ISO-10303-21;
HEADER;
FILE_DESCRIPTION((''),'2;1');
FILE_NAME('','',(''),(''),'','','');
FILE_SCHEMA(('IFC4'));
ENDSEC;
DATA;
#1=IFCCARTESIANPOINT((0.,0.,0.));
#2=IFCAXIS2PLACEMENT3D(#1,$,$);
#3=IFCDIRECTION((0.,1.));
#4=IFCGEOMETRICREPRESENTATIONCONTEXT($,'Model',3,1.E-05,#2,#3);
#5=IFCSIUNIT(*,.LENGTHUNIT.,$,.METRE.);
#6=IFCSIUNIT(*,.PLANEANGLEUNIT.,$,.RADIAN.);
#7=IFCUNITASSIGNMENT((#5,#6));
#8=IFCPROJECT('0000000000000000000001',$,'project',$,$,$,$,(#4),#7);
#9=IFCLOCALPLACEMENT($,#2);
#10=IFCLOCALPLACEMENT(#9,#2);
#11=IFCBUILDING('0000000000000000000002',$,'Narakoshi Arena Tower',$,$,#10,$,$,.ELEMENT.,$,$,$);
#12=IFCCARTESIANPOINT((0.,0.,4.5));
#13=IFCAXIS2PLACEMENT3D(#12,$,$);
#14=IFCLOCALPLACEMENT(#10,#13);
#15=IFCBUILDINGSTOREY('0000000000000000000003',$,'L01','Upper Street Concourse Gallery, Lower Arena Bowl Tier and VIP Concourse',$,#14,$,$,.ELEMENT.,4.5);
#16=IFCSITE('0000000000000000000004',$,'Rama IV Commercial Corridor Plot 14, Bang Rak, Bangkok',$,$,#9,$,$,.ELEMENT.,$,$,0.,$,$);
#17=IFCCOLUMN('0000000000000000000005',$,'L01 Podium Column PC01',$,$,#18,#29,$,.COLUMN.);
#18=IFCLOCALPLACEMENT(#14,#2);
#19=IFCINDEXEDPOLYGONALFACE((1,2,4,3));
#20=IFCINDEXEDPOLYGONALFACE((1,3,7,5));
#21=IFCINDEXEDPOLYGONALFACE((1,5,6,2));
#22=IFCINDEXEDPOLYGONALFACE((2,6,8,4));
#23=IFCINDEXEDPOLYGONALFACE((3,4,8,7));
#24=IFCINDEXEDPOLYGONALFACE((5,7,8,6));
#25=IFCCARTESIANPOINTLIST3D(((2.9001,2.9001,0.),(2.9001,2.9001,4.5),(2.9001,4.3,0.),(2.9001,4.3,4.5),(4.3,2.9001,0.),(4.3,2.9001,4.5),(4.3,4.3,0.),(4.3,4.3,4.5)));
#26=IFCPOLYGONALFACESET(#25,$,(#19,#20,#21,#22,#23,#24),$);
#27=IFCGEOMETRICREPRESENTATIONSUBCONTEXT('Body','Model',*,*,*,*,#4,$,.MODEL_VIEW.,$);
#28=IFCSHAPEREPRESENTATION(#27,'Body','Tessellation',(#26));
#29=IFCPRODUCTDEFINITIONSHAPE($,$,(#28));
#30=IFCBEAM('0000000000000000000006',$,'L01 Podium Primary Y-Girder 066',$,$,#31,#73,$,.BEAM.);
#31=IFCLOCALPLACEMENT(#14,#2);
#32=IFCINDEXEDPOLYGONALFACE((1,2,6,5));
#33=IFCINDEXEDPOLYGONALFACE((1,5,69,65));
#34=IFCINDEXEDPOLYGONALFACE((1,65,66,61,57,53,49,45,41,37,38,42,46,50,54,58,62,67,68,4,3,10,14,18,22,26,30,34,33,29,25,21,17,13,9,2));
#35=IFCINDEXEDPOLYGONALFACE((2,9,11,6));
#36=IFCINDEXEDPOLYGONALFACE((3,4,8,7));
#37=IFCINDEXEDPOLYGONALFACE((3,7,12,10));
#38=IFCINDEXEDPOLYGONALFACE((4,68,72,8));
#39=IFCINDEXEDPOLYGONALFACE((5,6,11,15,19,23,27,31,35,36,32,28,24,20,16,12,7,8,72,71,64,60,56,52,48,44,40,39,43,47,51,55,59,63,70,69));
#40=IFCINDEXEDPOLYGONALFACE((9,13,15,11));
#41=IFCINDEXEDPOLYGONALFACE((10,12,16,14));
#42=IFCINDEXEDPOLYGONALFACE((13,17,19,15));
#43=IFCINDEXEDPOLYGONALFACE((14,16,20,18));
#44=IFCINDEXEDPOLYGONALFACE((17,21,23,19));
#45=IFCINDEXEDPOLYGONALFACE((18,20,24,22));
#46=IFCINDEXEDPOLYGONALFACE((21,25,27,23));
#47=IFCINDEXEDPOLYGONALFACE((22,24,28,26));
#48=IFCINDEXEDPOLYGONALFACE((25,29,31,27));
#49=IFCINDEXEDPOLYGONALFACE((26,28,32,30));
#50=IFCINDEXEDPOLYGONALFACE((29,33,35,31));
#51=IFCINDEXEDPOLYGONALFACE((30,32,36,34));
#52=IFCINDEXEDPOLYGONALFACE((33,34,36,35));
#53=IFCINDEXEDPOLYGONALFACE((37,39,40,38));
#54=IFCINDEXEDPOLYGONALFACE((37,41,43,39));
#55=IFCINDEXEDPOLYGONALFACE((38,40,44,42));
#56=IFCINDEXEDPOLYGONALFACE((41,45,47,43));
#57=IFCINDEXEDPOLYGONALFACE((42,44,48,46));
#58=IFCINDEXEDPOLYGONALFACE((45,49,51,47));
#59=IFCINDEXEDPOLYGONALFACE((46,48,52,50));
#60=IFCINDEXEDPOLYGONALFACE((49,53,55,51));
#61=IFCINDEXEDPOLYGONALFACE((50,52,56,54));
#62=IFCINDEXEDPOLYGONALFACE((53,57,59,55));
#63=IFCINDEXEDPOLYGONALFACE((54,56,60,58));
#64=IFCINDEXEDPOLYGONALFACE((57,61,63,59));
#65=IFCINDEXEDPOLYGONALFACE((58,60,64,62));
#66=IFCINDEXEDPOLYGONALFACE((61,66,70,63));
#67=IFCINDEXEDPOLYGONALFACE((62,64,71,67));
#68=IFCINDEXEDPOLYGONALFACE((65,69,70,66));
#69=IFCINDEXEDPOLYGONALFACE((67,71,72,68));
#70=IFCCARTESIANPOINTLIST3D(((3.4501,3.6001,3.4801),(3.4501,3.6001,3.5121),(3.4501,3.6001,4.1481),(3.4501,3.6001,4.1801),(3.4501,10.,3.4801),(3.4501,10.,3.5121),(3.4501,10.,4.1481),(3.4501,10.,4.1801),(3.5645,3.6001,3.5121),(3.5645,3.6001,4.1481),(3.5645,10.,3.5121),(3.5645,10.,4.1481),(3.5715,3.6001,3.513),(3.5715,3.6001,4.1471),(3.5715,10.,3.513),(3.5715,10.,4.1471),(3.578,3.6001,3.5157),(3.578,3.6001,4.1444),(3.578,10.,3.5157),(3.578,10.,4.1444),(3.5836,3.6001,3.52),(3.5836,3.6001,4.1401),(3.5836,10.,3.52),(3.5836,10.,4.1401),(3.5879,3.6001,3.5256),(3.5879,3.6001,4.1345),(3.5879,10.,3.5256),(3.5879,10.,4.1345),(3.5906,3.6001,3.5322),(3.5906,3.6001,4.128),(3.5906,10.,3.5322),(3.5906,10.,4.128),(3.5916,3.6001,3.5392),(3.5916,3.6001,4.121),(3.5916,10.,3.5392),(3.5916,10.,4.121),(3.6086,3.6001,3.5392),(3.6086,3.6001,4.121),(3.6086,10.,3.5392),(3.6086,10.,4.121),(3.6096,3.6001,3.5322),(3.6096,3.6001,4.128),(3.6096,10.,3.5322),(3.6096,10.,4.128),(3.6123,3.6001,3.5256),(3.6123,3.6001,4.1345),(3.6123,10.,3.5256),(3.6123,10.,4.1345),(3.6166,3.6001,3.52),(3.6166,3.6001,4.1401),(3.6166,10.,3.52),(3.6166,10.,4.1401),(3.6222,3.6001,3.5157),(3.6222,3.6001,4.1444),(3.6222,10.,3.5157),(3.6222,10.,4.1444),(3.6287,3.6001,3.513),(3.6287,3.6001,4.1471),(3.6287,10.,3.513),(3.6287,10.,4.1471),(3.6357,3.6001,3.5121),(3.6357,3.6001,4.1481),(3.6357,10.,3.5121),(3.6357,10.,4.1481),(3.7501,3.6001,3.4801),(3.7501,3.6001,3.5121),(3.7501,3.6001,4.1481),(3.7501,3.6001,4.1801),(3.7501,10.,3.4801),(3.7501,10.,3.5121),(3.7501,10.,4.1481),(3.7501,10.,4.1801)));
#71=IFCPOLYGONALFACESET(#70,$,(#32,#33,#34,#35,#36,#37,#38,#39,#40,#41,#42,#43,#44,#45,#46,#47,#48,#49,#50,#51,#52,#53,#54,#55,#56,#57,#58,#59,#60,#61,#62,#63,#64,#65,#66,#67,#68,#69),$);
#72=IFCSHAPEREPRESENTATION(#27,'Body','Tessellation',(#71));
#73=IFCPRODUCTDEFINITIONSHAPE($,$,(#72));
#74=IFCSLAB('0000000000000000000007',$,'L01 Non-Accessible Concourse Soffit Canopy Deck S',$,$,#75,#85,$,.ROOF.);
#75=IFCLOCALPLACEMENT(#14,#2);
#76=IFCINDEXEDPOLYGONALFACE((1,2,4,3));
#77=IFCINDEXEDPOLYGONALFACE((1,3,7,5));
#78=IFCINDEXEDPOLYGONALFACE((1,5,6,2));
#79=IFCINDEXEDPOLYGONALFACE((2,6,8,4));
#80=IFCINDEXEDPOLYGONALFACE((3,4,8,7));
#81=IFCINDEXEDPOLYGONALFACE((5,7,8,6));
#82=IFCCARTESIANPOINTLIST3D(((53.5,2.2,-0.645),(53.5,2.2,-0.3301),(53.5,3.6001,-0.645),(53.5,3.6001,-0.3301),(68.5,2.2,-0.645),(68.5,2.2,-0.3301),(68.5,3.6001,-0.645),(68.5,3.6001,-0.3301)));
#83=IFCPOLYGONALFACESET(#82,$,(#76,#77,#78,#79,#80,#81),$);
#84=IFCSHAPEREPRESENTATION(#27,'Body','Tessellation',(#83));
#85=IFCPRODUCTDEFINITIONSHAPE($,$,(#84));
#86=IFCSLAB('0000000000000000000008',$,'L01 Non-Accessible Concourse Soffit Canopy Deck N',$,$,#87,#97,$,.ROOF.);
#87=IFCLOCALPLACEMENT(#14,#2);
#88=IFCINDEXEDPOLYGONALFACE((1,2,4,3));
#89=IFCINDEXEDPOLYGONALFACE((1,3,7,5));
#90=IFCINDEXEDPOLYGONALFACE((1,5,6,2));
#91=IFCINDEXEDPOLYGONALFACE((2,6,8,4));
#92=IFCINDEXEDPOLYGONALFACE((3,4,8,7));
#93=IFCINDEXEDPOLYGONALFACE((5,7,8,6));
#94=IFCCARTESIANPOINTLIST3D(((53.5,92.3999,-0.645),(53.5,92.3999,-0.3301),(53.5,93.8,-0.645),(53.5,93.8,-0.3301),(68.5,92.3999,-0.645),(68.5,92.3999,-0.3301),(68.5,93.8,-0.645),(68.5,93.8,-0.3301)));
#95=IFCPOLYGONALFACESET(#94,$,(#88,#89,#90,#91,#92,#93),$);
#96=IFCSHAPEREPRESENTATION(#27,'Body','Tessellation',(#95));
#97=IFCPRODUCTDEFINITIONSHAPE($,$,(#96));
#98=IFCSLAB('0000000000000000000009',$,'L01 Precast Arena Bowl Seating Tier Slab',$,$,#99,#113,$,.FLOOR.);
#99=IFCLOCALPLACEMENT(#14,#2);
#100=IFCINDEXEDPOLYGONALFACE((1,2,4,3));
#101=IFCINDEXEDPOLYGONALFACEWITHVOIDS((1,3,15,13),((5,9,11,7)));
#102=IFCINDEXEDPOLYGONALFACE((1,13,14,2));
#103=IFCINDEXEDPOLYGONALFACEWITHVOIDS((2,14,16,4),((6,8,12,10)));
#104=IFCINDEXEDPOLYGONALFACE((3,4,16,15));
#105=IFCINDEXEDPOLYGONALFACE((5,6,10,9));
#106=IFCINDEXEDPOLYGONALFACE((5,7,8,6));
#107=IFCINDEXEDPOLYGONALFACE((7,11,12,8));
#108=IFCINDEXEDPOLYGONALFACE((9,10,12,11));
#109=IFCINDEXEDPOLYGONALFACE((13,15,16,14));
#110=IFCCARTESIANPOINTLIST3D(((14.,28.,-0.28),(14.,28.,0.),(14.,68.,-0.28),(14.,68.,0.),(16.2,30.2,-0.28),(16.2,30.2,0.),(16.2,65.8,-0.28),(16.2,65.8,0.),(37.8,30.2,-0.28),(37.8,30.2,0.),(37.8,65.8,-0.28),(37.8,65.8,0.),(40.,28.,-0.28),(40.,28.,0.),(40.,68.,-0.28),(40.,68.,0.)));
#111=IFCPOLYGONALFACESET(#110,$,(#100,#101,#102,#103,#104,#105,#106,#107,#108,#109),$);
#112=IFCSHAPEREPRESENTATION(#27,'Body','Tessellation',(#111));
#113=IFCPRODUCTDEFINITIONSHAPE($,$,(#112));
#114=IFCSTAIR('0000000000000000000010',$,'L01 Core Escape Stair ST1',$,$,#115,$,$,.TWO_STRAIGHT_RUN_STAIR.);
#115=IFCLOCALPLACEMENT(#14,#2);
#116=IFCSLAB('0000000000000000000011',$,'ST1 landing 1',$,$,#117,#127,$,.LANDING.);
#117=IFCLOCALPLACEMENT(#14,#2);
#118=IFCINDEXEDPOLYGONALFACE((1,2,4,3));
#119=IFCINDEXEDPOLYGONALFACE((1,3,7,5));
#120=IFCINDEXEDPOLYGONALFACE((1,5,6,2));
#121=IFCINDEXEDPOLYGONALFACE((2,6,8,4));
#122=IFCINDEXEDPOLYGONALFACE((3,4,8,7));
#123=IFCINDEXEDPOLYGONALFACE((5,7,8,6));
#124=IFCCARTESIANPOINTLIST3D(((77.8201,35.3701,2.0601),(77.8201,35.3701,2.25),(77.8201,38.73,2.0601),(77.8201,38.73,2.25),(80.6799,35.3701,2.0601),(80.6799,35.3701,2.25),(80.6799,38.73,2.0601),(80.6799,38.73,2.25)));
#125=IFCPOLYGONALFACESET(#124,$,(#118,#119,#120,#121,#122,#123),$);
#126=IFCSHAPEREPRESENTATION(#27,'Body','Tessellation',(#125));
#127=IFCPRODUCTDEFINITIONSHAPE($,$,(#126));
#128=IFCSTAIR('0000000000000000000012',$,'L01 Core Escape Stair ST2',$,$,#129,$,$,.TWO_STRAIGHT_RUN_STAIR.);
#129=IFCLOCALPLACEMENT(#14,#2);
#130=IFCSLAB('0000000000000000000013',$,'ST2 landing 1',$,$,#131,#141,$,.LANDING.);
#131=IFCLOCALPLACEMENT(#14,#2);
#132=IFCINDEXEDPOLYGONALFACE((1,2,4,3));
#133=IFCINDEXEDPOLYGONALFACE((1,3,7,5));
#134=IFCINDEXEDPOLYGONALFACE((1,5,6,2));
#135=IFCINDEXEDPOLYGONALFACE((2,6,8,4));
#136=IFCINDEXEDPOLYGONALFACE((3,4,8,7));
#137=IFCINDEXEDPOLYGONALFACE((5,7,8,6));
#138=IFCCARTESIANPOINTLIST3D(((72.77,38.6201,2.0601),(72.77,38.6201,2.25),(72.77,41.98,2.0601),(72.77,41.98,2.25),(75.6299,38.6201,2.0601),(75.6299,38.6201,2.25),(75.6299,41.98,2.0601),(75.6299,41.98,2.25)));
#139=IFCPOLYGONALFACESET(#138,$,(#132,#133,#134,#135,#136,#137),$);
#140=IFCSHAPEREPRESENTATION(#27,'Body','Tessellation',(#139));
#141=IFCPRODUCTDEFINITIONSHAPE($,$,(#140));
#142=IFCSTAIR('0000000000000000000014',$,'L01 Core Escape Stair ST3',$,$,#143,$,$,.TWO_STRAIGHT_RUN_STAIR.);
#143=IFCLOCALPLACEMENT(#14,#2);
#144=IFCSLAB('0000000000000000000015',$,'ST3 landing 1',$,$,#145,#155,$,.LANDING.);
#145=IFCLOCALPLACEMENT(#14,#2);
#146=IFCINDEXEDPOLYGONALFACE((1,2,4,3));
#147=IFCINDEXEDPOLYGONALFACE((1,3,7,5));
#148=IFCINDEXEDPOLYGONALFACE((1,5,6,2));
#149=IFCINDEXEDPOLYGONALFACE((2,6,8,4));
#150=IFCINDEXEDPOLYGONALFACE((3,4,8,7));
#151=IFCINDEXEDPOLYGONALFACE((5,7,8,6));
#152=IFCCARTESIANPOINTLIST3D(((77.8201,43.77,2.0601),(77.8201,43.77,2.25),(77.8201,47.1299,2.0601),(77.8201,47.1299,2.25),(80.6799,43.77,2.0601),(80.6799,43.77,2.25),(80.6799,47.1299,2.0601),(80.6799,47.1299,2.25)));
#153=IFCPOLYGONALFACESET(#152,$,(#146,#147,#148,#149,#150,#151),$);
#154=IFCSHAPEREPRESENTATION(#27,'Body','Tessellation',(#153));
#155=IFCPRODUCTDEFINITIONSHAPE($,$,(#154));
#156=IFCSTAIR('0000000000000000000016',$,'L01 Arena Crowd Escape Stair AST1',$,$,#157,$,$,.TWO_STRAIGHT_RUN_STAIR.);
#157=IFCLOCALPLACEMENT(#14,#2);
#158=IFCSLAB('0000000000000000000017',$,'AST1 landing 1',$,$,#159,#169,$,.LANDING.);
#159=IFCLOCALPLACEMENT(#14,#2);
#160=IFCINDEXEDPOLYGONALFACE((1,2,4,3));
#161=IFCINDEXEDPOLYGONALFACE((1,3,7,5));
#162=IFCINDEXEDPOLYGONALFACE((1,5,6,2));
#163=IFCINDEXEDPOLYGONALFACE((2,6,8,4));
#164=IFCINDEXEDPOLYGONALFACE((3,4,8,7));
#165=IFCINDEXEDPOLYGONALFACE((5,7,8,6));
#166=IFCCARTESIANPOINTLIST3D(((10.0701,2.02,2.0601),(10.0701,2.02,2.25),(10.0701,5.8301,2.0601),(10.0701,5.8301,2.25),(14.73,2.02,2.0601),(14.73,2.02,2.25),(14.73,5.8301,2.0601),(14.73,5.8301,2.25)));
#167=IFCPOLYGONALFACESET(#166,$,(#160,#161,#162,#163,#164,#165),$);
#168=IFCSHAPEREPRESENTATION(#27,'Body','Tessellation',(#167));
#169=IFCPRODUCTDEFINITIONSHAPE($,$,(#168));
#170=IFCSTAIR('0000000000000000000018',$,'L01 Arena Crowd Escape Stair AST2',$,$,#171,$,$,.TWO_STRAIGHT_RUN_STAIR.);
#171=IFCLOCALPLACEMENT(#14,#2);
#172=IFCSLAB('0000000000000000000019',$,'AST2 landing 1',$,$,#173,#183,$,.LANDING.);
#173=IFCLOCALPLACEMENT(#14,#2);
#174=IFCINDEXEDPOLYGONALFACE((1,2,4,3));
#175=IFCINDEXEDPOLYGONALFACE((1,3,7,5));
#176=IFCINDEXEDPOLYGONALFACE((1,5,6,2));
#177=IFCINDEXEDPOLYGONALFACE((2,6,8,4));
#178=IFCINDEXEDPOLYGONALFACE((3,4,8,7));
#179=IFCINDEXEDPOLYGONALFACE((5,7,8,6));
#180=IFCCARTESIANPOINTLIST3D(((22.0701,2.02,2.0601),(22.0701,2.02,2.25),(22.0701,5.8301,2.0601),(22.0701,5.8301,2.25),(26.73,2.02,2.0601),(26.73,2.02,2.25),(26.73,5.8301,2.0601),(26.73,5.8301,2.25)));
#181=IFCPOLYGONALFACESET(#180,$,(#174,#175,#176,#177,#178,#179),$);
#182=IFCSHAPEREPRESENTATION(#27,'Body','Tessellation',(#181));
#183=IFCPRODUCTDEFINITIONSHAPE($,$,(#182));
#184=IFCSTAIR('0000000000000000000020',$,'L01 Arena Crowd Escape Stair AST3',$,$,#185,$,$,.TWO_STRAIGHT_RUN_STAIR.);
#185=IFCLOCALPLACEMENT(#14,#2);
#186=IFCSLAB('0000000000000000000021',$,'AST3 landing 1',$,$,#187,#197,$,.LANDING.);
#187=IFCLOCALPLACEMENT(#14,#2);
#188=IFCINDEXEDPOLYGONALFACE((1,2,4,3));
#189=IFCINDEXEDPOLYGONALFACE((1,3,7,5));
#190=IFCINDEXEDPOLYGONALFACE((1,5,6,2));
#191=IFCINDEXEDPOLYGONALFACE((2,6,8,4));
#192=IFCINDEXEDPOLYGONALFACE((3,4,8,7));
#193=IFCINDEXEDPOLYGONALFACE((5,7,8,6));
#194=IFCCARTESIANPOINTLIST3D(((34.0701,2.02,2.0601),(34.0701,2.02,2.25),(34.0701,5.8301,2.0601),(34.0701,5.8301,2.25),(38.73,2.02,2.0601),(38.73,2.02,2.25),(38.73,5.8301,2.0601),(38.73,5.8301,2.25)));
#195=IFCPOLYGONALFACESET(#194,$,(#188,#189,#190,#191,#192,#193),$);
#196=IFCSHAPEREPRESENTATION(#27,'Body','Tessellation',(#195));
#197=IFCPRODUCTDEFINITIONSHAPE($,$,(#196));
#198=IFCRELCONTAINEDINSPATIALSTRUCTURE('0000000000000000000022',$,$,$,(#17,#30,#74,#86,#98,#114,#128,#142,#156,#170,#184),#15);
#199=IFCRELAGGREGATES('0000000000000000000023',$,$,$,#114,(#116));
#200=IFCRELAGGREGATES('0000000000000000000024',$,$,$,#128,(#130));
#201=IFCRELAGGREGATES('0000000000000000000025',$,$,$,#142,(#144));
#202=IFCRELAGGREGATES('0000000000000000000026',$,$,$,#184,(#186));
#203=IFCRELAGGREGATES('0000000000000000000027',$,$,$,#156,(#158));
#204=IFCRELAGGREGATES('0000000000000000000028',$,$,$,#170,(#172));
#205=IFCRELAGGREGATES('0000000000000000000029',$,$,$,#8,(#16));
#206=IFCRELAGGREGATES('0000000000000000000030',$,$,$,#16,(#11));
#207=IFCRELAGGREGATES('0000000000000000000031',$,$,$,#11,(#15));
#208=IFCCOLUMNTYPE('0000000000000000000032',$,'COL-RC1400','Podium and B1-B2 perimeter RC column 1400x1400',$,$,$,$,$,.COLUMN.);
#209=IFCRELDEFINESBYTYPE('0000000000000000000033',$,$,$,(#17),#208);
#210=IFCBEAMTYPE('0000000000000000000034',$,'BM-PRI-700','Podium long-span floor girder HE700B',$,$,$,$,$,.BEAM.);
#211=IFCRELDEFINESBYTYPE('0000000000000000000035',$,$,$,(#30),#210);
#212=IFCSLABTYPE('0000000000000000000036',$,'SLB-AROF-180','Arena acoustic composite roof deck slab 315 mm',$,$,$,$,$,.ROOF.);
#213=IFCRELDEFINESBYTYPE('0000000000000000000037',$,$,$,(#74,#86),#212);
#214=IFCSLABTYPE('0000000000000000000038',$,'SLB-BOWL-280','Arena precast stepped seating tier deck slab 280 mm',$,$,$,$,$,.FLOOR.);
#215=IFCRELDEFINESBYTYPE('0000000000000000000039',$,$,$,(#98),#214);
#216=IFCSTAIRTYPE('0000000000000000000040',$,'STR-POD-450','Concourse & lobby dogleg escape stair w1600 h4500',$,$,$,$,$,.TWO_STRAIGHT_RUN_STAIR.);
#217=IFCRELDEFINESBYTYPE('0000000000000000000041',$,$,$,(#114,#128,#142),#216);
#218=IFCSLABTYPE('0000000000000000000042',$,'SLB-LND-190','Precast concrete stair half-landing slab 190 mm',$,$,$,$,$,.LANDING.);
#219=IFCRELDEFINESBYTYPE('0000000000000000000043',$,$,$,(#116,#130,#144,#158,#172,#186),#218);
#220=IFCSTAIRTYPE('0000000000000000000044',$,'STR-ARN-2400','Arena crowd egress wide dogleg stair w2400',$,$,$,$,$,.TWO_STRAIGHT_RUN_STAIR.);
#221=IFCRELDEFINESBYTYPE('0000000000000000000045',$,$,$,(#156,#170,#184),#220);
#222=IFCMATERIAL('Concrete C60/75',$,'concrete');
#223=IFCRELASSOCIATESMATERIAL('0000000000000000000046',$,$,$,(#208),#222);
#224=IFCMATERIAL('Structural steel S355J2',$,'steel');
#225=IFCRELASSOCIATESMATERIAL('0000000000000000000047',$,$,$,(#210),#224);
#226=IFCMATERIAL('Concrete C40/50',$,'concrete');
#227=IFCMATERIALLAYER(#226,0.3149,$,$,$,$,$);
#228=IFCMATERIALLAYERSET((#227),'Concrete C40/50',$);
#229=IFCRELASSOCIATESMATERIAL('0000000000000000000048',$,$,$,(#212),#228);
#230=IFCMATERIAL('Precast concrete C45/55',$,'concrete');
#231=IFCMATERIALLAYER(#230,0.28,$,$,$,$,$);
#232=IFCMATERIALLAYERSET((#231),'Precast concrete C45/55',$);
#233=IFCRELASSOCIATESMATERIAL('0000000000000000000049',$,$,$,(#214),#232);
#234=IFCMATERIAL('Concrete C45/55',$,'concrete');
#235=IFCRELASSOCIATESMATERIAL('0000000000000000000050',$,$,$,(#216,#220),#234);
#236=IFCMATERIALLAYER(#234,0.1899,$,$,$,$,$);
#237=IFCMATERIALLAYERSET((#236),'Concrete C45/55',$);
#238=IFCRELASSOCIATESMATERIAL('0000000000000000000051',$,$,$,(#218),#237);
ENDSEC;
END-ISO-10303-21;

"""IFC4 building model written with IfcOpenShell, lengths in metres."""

from ifc_helpers import new_model, si_unit, direction, frame, origin, origin_2d, place, context, subcontext, project, spatial, polyline, rectangle, i_section, outline, extrude, material, layer, layer_set, material_profile, profile_set, type_object, element, aggregate, save


model = new_model("IFC4")

# Units and contexts
model_context = context("Model", 3, precision=1e-05, world=origin(), true_north=direction((0.0, 1.0)))
body_context = subcontext(model_context, "Body", "Model", "MODEL_VIEW")
ifc_project = project(units=[si_unit("LENGTHUNIT", "METRE"), si_unit("PLANEANGLEUNIT", "RADIAN")], contexts=[model_context])

# Site, building, storey
site_placement = place(None, origin())
site = spatial("IfcSite", under=ifc_project, at=site_placement, Name="Rama IV Commercial Corridor Plot 14, Bang Rak, Bangkok", CompositionType="ELEMENT", RefElevation=0.0)
building_placement = place(site_placement, origin())
building = spatial("IfcBuilding", under=site, at=building_placement, Name="Narakoshi Arena Tower", CompositionType="ELEMENT")
storey_placement = place(building_placement, frame((0.0, 0.0, 4.5)))
storey = spatial("IfcBuildingStorey", under=building, at=storey_placement, Name="L01", Description="Upper Street Concourse Gallery, Lower Arena Bowl Tier and VIP Concourse", CompositionType="ELEMENT", Elevation=4.5)

# Column
ifc_material_1 = material(Name="Concrete C60/75", Category="concrete")
ifc_material_profile_1 = material_profile(ifc_material_1, rectangle(XDim=1.3999, YDim=1.3999, at=origin_2d()), Name="RC1400x1400")
ifc_profile_set_1 = profile_set([ifc_material_profile_1], Name="Concrete C60/75")
column_type = type_object("IfcColumnType", Name="COL-RC1400", Description="Podium and B1-B2 perimeter RC column 1400x1400", PredefinedType="COLUMN", material=ifc_profile_set_1)
column_placement = place(storey_placement, frame((3.6001, 3.6001, 0.0), z_axis=(0.0, 0.0, 1.0), x_axis=(1.0, 0.0, 0.0)))
element("IfcColumn", 1, at=column_placement, inside=storey, type_object=column_type, Name="L01 Podium Column PC01", PredefinedType="COLUMN", context=body_context, shape_type="SweptSolid", body=[
    extrude(rectangle(XDim=1.3999, YDim=1.3999, at=origin_2d()), origin(), (0.0, 0.0, 1.0), 4.5),
])

# Beam
ifc_material_2 = material(Name="Structural steel S355J2", Category="steel")
ifc_material_profile_2 = material_profile(ifc_material_2, i_section(OverallWidth=0.3, OverallDepth=0.7, WebThickness=0.0171, FlangeThickness=0.032, FilletRadius=0.0271, at=origin_2d()), Name="HE700B")
ifc_profile_set_2 = profile_set([ifc_material_profile_2], Name="Structural steel S355J2")
beam_type = type_object("IfcBeamType", Name="BM-PRI-700", Description="Podium long-span floor girder HE700B", PredefinedType="BEAM", material=ifc_profile_set_2)
beam_placement = place(storey_placement, frame((3.6001, 3.6001, 3.8301), z_axis=(0.0, 1.0, 0.0), x_axis=(-1.0, 0.0, 0.0)))
element("IfcBeam", 2, at=beam_placement, inside=storey, type_object=beam_type, Name="L01 Podium Primary Y-Girder 066", PredefinedType="BEAM", context=body_context, shape_type="SweptSolid", body=[
    extrude(i_section(OverallWidth=0.3, OverallDepth=0.7, WebThickness=0.0171, FlangeThickness=0.032, FilletRadius=0.0271, at=origin_2d()), origin(), (0.0, 0.0, 1.0), 6.3999),
])

# Slabs
ifc_material_3 = material(Name="Concrete C40/50", Category="concrete")
ifc_layer_1 = layer(ifc_material_3, 0.3149)
ifc_layer_set_1 = layer_set([ifc_layer_1], Name="Concrete C40/50")
slab_type_1 = type_object("IfcSlabType", Name="SLB-AROF-180", Description="Arena acoustic composite roof deck slab 315 mm", PredefinedType="ROOF", material=ifc_layer_set_1)
slab_1_placement = place(storey_placement, frame((0.0, 0.0, -0.645)))
element("IfcSlab", 3, at=slab_1_placement, inside=storey, type_object=slab_type_1, Name="L01 Non-Accessible Concourse Soffit Canopy Deck S", PredefinedType="ROOF", context=body_context, shape_type="SweptSolid", body=[
    extrude(outline(polyline([(53.5, 2.2), (68.5, 2.2), (68.5, 3.6001), (53.5, 3.6001), (53.5, 2.2)])), origin(), (0.0, 0.0, 1.0), 0.3149),
])
slab_2_placement = place(storey_placement, frame((0.0, 0.0, -0.645)))
element("IfcSlab", 4, at=slab_2_placement, inside=storey, type_object=slab_type_1, Name="L01 Non-Accessible Concourse Soffit Canopy Deck N", PredefinedType="ROOF", context=body_context, shape_type="SweptSolid", body=[
    extrude(outline(polyline([(53.5, 92.3999), (68.5, 92.3999), (68.5, 93.8), (53.5, 93.8), (53.5, 92.3999)])), origin(), (0.0, 0.0, 1.0), 0.3149),
])
ifc_material_4 = material(Name="Precast concrete C45/55", Category="concrete")
ifc_layer_2 = layer(ifc_material_4, 0.28)
ifc_layer_set_2 = layer_set([ifc_layer_2], Name="Precast concrete C45/55")
slab_type_2 = type_object("IfcSlabType", Name="SLB-BOWL-280", Description="Arena precast stepped seating tier deck slab 280 mm", PredefinedType="FLOOR", material=ifc_layer_set_2)
slab_3_placement = place(storey_placement, frame((0.0, 0.0, -0.28)))
element("IfcSlab", 5, at=slab_3_placement, inside=storey, type_object=slab_type_2, Name="L01 Precast Arena Bowl Seating Tier Slab", PredefinedType="FLOOR", context=body_context, shape_type="SweptSolid", body=[
    extrude(outline(polyline([(40.0, 28.0), (40.0, 68.0), (14.0, 68.0), (14.0, 28.0), (40.0, 28.0)]), holes=[polyline([(37.8, 30.2), (37.8, 65.8), (16.2, 65.8), (16.2, 30.2), (37.8, 30.2)])]), origin(), (0.0, 0.0, 1.0), 0.28),
])

# Stairs, slabs
ifc_material_5 = material(Name="Concrete C45/55", Category="concrete")
stair_type_1 = type_object("IfcStairType", Name="STR-POD-450", Description="Concourse & lobby dogleg escape stair w1600 h4500", PredefinedType="TWO_STRAIGHT_RUN_STAIR", material=ifc_material_5)
stair_1_placement = place(storey_placement, origin())
stair_1 = element("IfcStair", 6, at=stair_1_placement, inside=storey, type_object=stair_type_1, Name="L01 Core Escape Stair ST1", PredefinedType="TWO_STRAIGHT_RUN_STAIR")
ifc_layer_3 = layer(ifc_material_5, 0.1899)
ifc_layer_set_3 = layer_set([ifc_layer_3], Name="Concrete C45/55")
slab_type_3 = type_object("IfcSlabType", Name="SLB-LND-190", Description="Precast concrete stair half-landing slab 190 mm", PredefinedType="LANDING", material=ifc_layer_set_3)
slab_4_placement = place(storey_placement, frame((0.0, 0.0, 2.0601)))
slab_4 = element("IfcSlab", 7, at=slab_4_placement, type_object=slab_type_3, Name="ST1 landing 1", PredefinedType="LANDING", context=body_context, shape_type="SweptSolid", body=[
    extrude(outline(polyline([(77.8201, 35.3701), (80.6799, 35.3701), (80.6799, 38.73), (77.8201, 38.73), (77.8201, 35.3701)])), origin(), (0.0, 0.0, 1.0), 0.1899),
])
aggregate(stair_1, [slab_4])
stair_2_placement = place(storey_placement, origin())
stair_2 = element("IfcStair", 8, at=stair_2_placement, inside=storey, type_object=stair_type_1, Name="L01 Core Escape Stair ST2", PredefinedType="TWO_STRAIGHT_RUN_STAIR")
slab_5_placement = place(storey_placement, frame((0.0, 0.0, 2.0601)))
slab_5 = element("IfcSlab", 9, at=slab_5_placement, type_object=slab_type_3, Name="ST2 landing 1", PredefinedType="LANDING", context=body_context, shape_type="SweptSolid", body=[
    extrude(outline(polyline([(72.77, 38.6201), (75.6299, 38.6201), (75.6299, 41.98), (72.77, 41.98), (72.77, 38.6201)])), origin(), (0.0, 0.0, 1.0), 0.1899),
])
aggregate(stair_2, [slab_5])
stair_3_placement = place(storey_placement, origin())
stair_3 = element("IfcStair", 10, at=stair_3_placement, inside=storey, type_object=stair_type_1, Name="L01 Core Escape Stair ST3", PredefinedType="TWO_STRAIGHT_RUN_STAIR")
slab_6_placement = place(storey_placement, frame((0.0, 0.0, 2.0601)))
slab_6 = element("IfcSlab", 11, at=slab_6_placement, type_object=slab_type_3, Name="ST3 landing 1", PredefinedType="LANDING", context=body_context, shape_type="SweptSolid", body=[
    extrude(outline(polyline([(77.8201, 43.77), (80.6799, 43.77), (80.6799, 47.1299), (77.8201, 47.1299), (77.8201, 43.77)])), origin(), (0.0, 0.0, 1.0), 0.1899),
])
aggregate(stair_3, [slab_6])
stair_type_2 = type_object("IfcStairType", Name="STR-ARN-2400", Description="Arena crowd egress wide dogleg stair w2400", PredefinedType="TWO_STRAIGHT_RUN_STAIR", material=ifc_material_5)
stair_4_placement = place(storey_placement, origin())
stair_4 = element("IfcStair", 12, at=stair_4_placement, inside=storey, type_object=stair_type_2, Name="L01 Arena Crowd Escape Stair AST1", PredefinedType="TWO_STRAIGHT_RUN_STAIR")
slab_7_placement = place(storey_placement, frame((0.0, 0.0, 2.0601)))
slab_7 = element("IfcSlab", 13, at=slab_7_placement, type_object=slab_type_3, Name="AST1 landing 1", PredefinedType="LANDING", context=body_context, shape_type="SweptSolid", body=[
    extrude(outline(polyline([(10.0701, 2.02), (14.73, 2.02), (14.73, 5.8301), (10.0701, 5.8301), (10.0701, 2.02)])), origin(), (0.0, 0.0, 1.0), 0.1899),
])
stair_5_placement = place(storey_placement, origin())
stair_5 = element("IfcStair", 14, at=stair_5_placement, inside=storey, type_object=stair_type_2, Name="L01 Arena Crowd Escape Stair AST2", PredefinedType="TWO_STRAIGHT_RUN_STAIR")
slab_8_placement = place(storey_placement, frame((0.0, 0.0, 2.0601)))
slab_8 = element("IfcSlab", 15, at=slab_8_placement, type_object=slab_type_3, Name="AST2 landing 1", PredefinedType="LANDING", context=body_context, shape_type="SweptSolid", body=[
    extrude(outline(polyline([(22.0701, 2.02), (26.73, 2.02), (26.73, 5.8301), (22.0701, 5.8301), (22.0701, 2.02)])), origin(), (0.0, 0.0, 1.0), 0.1899),
])
stair_6_placement = place(storey_placement, origin())
stair_6 = element("IfcStair", 16, at=stair_6_placement, inside=storey, type_object=stair_type_2, Name="L01 Arena Crowd Escape Stair AST3", PredefinedType="TWO_STRAIGHT_RUN_STAIR")
slab_9_placement = place(storey_placement, frame((0.0, 0.0, 2.0601)))
slab_9 = element("IfcSlab", 17, at=slab_9_placement, type_object=slab_type_3, Name="AST3 landing 1", PredefinedType="LANDING", context=body_context, shape_type="SweptSolid", body=[
    extrude(outline(polyline([(34.0701, 2.02), (38.73, 2.02), (38.73, 5.8301), (34.0701, 5.8301), (34.0701, 2.02)])), origin(), (0.0, 0.0, 1.0), 0.1899),
])
aggregate(stair_6, [slab_9])

aggregate(stair_4, [slab_7])
aggregate(stair_5, [slab_8])

save(model, "model.ifc")
